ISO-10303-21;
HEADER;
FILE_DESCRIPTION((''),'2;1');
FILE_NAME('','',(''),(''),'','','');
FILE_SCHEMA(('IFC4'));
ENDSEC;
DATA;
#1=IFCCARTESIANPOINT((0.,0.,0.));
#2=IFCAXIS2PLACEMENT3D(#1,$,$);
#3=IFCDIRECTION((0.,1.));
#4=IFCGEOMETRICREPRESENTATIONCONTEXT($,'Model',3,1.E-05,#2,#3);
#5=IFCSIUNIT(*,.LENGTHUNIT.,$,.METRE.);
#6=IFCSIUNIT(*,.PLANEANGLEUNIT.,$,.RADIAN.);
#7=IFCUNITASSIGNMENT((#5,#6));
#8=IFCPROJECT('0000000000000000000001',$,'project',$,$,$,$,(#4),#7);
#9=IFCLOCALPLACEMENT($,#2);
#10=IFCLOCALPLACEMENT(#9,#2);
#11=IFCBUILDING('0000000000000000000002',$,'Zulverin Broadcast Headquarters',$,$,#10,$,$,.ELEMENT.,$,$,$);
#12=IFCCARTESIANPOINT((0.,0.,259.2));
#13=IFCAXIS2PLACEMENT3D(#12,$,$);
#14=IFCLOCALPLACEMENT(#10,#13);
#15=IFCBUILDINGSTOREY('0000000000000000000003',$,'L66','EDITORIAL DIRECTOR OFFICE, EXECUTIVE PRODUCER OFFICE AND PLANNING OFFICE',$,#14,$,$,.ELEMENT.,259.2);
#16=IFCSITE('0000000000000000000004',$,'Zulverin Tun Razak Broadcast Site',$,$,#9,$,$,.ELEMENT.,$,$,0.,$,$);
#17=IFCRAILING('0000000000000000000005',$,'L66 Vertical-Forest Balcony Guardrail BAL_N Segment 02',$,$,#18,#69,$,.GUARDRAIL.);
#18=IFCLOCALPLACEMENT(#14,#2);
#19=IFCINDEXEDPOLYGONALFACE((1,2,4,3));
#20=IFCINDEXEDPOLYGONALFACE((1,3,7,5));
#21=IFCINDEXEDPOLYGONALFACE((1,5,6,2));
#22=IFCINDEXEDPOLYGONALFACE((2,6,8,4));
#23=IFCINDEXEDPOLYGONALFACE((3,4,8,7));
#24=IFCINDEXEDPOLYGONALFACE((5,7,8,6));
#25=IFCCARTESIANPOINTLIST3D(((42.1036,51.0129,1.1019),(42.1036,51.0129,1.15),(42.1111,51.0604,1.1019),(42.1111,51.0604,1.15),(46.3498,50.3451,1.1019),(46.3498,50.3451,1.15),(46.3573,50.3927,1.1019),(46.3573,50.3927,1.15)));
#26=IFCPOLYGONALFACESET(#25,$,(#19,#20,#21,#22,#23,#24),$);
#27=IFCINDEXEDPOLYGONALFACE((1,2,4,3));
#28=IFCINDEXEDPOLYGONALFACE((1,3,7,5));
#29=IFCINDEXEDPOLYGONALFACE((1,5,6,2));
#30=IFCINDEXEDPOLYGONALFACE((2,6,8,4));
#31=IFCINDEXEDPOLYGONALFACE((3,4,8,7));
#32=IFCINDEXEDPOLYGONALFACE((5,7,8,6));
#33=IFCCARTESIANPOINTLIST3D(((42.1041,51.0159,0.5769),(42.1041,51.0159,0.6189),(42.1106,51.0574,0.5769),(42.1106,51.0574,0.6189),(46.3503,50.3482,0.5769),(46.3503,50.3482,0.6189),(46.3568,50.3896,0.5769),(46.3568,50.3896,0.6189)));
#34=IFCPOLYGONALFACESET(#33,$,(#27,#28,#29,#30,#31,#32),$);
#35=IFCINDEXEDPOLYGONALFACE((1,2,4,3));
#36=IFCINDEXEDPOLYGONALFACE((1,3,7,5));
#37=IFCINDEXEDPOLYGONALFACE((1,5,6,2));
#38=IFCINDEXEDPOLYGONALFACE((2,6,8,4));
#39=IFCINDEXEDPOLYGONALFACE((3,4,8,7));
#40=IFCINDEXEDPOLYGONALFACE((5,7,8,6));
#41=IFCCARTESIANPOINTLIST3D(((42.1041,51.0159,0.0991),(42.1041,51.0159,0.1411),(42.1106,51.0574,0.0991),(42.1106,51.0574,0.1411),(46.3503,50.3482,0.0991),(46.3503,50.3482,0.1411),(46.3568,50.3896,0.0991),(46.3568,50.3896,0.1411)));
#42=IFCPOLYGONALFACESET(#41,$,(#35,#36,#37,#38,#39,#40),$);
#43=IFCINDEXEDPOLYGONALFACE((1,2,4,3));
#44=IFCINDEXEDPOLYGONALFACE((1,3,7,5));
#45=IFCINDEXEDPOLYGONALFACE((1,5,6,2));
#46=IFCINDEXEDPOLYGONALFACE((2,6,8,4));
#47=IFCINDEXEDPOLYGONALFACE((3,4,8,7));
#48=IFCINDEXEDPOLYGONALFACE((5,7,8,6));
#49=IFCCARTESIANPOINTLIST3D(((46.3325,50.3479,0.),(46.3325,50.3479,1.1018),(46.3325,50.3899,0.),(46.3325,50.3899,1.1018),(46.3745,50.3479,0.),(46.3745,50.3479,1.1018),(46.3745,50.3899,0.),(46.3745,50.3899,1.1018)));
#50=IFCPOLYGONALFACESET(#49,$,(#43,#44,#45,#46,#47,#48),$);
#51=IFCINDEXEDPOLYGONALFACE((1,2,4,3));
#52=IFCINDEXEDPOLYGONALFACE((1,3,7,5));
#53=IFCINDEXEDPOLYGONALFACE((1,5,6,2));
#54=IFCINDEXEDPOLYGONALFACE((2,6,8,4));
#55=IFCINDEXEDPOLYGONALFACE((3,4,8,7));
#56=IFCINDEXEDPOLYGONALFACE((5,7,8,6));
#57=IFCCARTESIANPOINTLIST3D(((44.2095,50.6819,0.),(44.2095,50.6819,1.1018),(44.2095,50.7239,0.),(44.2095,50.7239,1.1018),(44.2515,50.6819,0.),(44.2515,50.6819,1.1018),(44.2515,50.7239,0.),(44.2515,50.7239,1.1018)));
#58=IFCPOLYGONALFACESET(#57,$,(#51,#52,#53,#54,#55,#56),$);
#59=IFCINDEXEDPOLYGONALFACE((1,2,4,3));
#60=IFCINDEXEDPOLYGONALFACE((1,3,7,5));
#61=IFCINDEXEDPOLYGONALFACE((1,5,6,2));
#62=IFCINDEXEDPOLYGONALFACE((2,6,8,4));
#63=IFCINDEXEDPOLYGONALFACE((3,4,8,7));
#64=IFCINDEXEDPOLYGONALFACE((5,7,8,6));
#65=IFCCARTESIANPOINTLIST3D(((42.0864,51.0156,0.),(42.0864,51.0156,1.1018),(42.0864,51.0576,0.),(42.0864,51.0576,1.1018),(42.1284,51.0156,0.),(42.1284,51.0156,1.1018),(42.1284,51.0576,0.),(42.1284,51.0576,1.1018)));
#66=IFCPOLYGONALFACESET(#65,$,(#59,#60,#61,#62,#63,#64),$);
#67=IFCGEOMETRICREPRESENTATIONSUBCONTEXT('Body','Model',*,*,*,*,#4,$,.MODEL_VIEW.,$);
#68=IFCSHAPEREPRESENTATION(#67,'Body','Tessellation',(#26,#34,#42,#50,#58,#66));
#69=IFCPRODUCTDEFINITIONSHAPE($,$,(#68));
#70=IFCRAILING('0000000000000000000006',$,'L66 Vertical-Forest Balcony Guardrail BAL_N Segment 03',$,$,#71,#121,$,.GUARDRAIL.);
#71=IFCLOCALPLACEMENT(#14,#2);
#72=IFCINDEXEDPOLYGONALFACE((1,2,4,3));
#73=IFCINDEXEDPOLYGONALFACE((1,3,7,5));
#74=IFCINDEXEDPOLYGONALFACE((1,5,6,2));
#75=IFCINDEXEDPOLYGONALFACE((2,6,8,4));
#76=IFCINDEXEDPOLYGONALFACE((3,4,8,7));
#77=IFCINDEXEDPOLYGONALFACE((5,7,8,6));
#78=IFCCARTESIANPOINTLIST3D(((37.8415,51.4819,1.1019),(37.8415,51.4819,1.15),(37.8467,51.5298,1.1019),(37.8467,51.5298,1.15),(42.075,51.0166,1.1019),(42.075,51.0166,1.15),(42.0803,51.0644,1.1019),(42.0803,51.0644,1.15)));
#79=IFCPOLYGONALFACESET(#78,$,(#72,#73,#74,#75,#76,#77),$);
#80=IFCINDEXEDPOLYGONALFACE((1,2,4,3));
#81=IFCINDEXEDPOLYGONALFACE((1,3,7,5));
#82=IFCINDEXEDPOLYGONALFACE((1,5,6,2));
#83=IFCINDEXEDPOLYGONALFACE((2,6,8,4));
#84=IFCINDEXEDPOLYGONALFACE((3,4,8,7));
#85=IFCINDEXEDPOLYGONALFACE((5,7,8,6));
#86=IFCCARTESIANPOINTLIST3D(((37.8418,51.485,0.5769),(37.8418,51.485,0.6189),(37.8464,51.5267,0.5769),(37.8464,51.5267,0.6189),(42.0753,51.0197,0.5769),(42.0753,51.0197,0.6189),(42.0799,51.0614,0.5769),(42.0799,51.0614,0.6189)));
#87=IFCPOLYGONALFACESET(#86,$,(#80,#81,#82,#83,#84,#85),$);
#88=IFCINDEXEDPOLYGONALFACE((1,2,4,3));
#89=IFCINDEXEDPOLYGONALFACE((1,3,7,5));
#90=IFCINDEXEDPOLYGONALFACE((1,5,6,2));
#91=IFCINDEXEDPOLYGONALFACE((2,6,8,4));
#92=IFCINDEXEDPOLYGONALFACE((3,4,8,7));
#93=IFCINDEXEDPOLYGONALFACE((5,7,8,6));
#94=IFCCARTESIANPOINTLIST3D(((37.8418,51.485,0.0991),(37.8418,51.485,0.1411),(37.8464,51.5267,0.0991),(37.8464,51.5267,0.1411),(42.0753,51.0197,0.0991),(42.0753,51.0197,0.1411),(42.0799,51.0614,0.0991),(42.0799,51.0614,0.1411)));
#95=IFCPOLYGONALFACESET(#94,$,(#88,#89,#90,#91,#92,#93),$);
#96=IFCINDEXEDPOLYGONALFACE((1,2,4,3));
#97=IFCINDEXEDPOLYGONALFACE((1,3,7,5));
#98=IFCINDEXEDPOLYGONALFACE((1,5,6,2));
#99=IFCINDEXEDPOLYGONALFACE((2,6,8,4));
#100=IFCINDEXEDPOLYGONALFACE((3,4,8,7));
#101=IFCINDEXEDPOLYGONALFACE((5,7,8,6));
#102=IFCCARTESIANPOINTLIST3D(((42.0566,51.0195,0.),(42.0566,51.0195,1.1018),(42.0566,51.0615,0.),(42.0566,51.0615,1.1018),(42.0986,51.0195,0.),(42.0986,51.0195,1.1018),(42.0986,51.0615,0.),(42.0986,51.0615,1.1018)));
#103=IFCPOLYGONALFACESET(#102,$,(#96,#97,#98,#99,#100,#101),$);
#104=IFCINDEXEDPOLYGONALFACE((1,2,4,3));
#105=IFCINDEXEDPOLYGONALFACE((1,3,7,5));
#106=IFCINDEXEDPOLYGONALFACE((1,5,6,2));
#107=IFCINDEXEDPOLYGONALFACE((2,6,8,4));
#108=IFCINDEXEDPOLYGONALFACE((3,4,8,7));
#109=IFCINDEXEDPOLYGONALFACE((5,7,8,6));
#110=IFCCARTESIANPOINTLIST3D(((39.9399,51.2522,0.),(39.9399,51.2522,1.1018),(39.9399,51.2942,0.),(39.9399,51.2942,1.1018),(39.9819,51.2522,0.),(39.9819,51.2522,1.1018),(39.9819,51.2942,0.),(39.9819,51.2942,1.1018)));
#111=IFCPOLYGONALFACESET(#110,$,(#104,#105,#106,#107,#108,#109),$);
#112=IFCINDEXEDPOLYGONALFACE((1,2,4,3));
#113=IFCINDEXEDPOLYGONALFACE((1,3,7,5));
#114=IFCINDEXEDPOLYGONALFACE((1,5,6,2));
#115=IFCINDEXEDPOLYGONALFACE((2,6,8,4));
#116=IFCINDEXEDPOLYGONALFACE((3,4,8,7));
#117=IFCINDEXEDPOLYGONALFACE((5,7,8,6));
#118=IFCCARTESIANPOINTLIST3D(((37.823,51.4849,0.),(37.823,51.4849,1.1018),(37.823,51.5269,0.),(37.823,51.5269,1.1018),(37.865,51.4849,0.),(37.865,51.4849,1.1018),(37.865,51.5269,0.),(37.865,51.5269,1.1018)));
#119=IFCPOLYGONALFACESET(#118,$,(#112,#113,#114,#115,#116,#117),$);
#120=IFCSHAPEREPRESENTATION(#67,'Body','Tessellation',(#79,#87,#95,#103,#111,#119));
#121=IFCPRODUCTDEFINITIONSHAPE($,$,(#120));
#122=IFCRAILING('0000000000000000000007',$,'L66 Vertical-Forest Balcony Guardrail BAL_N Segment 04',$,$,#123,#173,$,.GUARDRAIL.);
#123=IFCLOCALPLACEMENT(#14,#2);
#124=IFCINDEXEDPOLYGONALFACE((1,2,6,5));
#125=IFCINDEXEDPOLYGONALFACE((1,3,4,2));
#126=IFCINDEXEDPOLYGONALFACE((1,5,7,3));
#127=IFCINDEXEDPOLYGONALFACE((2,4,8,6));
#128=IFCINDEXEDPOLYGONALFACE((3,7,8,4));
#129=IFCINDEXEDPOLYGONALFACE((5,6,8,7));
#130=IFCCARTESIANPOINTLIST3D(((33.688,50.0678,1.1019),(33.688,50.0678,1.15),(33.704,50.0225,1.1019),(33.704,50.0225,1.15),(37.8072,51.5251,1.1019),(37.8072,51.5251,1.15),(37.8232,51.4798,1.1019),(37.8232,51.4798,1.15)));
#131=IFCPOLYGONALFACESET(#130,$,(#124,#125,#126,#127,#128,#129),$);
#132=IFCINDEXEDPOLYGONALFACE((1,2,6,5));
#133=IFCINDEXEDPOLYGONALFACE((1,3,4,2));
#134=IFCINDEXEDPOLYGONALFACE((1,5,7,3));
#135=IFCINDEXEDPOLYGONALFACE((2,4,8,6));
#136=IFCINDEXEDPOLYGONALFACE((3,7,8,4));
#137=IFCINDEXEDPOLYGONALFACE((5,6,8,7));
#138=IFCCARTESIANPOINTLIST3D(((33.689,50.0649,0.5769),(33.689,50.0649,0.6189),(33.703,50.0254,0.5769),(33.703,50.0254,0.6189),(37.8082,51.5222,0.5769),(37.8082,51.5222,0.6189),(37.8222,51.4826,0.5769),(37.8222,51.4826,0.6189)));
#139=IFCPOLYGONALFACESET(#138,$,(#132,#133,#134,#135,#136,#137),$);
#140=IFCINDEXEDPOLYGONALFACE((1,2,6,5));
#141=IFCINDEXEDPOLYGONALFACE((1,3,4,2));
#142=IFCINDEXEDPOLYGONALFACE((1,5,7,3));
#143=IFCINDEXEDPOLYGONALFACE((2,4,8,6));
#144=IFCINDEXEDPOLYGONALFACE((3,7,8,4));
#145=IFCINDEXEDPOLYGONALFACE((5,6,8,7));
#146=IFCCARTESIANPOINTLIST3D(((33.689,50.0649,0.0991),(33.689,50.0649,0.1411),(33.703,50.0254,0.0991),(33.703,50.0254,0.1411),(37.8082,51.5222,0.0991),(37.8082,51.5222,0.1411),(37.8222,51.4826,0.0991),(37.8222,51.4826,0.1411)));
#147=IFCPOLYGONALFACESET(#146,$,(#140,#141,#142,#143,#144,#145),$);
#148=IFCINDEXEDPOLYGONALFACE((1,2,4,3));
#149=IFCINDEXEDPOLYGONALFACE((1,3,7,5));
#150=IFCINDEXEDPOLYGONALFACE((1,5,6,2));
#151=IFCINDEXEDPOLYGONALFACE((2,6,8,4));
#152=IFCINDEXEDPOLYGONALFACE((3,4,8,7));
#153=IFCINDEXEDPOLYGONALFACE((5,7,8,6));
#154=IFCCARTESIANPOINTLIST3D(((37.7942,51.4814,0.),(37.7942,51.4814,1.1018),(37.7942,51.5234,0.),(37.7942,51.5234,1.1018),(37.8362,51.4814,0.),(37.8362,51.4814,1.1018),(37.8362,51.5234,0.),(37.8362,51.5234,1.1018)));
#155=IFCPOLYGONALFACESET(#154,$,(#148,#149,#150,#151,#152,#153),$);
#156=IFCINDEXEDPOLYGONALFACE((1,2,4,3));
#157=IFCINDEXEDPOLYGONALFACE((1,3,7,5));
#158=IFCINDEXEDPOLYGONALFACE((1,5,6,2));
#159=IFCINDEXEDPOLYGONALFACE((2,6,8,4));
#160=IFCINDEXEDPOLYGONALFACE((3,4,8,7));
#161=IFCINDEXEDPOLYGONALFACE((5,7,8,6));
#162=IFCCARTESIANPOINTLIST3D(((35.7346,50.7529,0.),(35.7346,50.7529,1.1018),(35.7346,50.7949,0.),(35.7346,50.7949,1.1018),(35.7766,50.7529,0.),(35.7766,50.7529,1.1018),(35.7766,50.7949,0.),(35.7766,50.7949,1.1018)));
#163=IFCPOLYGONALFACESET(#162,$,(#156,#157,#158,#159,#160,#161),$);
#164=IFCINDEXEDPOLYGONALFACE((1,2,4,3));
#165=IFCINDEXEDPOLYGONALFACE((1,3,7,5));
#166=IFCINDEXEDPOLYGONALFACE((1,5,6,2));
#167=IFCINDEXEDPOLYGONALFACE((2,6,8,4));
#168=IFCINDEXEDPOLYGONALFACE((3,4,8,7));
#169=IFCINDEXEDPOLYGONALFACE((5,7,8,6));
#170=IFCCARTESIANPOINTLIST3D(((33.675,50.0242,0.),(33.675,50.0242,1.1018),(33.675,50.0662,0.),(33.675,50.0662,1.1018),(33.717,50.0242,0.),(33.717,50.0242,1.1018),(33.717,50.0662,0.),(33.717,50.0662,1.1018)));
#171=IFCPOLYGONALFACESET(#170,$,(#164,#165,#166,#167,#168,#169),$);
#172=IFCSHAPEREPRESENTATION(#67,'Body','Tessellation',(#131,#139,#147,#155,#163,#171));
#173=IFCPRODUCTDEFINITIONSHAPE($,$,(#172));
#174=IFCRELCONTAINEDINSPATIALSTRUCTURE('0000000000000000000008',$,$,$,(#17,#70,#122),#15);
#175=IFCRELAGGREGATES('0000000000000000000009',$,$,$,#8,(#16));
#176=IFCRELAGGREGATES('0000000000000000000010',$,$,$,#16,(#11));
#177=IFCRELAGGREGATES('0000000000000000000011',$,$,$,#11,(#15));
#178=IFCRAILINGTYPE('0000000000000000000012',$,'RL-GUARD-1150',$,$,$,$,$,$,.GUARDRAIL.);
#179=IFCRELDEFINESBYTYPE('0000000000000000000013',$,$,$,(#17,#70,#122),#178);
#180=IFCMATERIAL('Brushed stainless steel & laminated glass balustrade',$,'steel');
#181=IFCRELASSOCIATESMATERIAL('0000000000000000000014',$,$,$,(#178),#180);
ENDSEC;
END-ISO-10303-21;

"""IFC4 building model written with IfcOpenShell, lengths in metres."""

from ifc_helpers import new_model, si_unit, direction, frame, origin, origin_2d, place, context, subcontext, project, spatial, rectangle, extrude, material, type_object, element, save


model = new_model("IFC4")

# Units and contexts
model_context = context("Model", 3, precision=1e-05, world=origin(), true_north=direction((0.0, 1.0)))
body_context = subcontext(model_context, "Body", "Model", "MODEL_VIEW")
ifc_project = project(units=[si_unit("LENGTHUNIT", "METRE"), si_unit("PLANEANGLEUNIT", "RADIAN")], contexts=[model_context])

# Site, building, storey
site_placement = place(None, origin())
site = spatial("IfcSite", under=ifc_project, at=site_placement, Name="Zulverin Tun Razak Broadcast Site", CompositionType="ELEMENT", RefElevation=0.0)
building_placement = place(site_placement, origin())
building = spatial("IfcBuilding", under=site, at=building_placement, Name="Zulverin Broadcast Headquarters", CompositionType="ELEMENT")
storey_placement = place(building_placement, frame((0.0, 0.0, 259.2)))
storey = spatial("IfcBuildingStorey", under=building, at=storey_placement, Name="L66", Description="EDITORIAL DIRECTOR OFFICE, EXECUTIVE PRODUCER OFFICE AND PLANNING OFFICE", CompositionType="ELEMENT", Elevation=259.2)

# Railings
ifc_material_1 = material(Name="Brushed stainless steel & laminated glass balustrade", Category="steel")
railing_type_1 = type_object("IfcRailingType", Name="RL-GUARD-1150", PredefinedType="GUARDRAIL", material=ifc_material_1)
railing_1_placement = place(storey_placement, frame((46.3535, 50.3689, 0.0)))
element("IfcRailing", 1, at=railing_1_placement, inside=storey, type_object=railing_type_1, Name="L66 Vertical-Forest Balcony Guardrail BAL_N Segment 02", PredefinedType="GUARDRAIL", context=body_context, shape_type="SweptSolid", body=[
    extrude(rectangle(XDim=0.0481, YDim=0.0481, at=origin_2d()), frame((0.0, 0.0, 1.126), z_axis=(-0.98786, 0.155347, 0.0), x_axis=(-0.155347, -0.98786, 0.0)), (0.0, 0.0, 1.0), 4.2983),
    extrude(rectangle(XDim=0.042, YDim=0.042, at=origin_2d()), frame((0.0, 0.0, 0.5979), z_axis=(-0.98786, 0.155347, 0.0), x_axis=(-0.155347, -0.98786, 0.0)), (0.0, 0.0, 1.0), 4.2983),
    extrude(rectangle(XDim=0.042, YDim=0.042, at=origin_2d()), frame((0.0, 0.0, 0.1201), z_axis=(-0.98786, 0.155347, 0.0), x_axis=(-0.155347, -0.98786, 0.0)), (0.0, 0.0, 1.0), 4.2983),
    extrude(rectangle(XDim=0.042, YDim=0.042, at=origin_2d()), origin(), (0.0, 0.0, 1.0), 1.1018),
    extrude(rectangle(XDim=0.042, YDim=0.042, at=origin_2d()), frame((-2.123, 0.334, 0.0)), (0.0, 0.0, 1.0), 1.1018),
    extrude(rectangle(XDim=0.042, YDim=0.042, at=origin_2d()), frame((-4.2461, 0.6677, 0.0)), (0.0, 0.0, 1.0), 1.1018),
])
railing_2_placement = place(storey_placement, frame((42.0776, 51.0405, 0.0)))
element("IfcRailing", 2, at=railing_2_placement, inside=storey, type_object=railing_type_1, Name="L66 Vertical-Forest Balcony Guardrail BAL_N Segment 03", PredefinedType="GUARDRAIL", context=body_context, shape_type="SweptSolid", body=[
    extrude(rectangle(XDim=0.0481, YDim=0.0481, at=origin_2d()), frame((0.0, 0.0, 1.126), z_axis=(-0.994014, 0.109255, 0.0), x_axis=(-0.109255, -0.994014, 0.0)), (0.0, 0.0, 1.0), 4.259),
    extrude(rectangle(XDim=0.042, YDim=0.042, at=origin_2d()), frame((0.0, 0.0, 0.5979), z_axis=(-0.994014, 0.109255, 0.0), x_axis=(-0.109255, -0.994014, 0.0)), (0.0, 0.0, 1.0), 4.259),
    extrude(rectangle(XDim=0.042, YDim=0.042, at=origin_2d()), frame((0.0, 0.0, 0.1201), z_axis=(-0.994014, 0.109255, 0.0), x_axis=(-0.109255, -0.994014, 0.0)), (0.0, 0.0, 1.0), 4.259),
    extrude(rectangle(XDim=0.042, YDim=0.042, at=origin_2d()), origin(), (0.0, 0.0, 1.0), 1.1018),
    extrude(rectangle(XDim=0.042, YDim=0.042, at=origin_2d()), frame((-2.1167, 0.2327, 0.0)), (0.0, 0.0, 1.0), 1.1018),
    extrude(rectangle(XDim=0.042, YDim=0.042, at=origin_2d()), frame((-4.2336, 0.4653, 0.0)), (0.0, 0.0, 1.0), 1.1018),
])
railing_3_placement = place(storey_placement, frame((37.8152, 51.5024, 0.0)))
element("IfcRailing", 3, at=railing_3_placement, inside=storey, type_object=railing_type_1, Name="L66 Vertical-Forest Balcony Guardrail BAL_N Segment 04", PredefinedType="GUARDRAIL", context=body_context, shape_type="SweptSolid", body=[
    extrude(rectangle(XDim=0.0481, YDim=0.0481, at=origin_2d()), frame((0.0, 0.0, 1.126), z_axis=(-0.942741, -0.333524, 0.0), x_axis=(0.333524, -0.942741, 0.0)), (0.0, 0.0, 1.0), 4.3694),
    extrude(rectangle(XDim=0.042, YDim=0.042, at=origin_2d()), frame((0.0, 0.0, 0.5979), z_axis=(-0.942741, -0.333524, 0.0), x_axis=(0.333524, -0.942741, 0.0)), (0.0, 0.0, 1.0), 4.3694),
    extrude(rectangle(XDim=0.042, YDim=0.042, at=origin_2d()), frame((0.0, 0.0, 0.1201), z_axis=(-0.942741, -0.333524, 0.0), x_axis=(0.333524, -0.942741, 0.0)), (0.0, 0.0, 1.0), 4.3694),
    extrude(rectangle(XDim=0.042, YDim=0.042, at=origin_2d()), origin(), (0.0, 0.0, 1.0), 1.1018),
    extrude(rectangle(XDim=0.042, YDim=0.042, at=origin_2d()), frame((-2.0596, -0.7285, 0.0)), (0.0, 0.0, 1.0), 1.1018),
    extrude(rectangle(XDim=0.042, YDim=0.042, at=origin_2d()), frame((-4.1191, -1.4573, 0.0)), (0.0, 0.0, 1.0), 1.1018),
])

save(model, "model.ifc")
